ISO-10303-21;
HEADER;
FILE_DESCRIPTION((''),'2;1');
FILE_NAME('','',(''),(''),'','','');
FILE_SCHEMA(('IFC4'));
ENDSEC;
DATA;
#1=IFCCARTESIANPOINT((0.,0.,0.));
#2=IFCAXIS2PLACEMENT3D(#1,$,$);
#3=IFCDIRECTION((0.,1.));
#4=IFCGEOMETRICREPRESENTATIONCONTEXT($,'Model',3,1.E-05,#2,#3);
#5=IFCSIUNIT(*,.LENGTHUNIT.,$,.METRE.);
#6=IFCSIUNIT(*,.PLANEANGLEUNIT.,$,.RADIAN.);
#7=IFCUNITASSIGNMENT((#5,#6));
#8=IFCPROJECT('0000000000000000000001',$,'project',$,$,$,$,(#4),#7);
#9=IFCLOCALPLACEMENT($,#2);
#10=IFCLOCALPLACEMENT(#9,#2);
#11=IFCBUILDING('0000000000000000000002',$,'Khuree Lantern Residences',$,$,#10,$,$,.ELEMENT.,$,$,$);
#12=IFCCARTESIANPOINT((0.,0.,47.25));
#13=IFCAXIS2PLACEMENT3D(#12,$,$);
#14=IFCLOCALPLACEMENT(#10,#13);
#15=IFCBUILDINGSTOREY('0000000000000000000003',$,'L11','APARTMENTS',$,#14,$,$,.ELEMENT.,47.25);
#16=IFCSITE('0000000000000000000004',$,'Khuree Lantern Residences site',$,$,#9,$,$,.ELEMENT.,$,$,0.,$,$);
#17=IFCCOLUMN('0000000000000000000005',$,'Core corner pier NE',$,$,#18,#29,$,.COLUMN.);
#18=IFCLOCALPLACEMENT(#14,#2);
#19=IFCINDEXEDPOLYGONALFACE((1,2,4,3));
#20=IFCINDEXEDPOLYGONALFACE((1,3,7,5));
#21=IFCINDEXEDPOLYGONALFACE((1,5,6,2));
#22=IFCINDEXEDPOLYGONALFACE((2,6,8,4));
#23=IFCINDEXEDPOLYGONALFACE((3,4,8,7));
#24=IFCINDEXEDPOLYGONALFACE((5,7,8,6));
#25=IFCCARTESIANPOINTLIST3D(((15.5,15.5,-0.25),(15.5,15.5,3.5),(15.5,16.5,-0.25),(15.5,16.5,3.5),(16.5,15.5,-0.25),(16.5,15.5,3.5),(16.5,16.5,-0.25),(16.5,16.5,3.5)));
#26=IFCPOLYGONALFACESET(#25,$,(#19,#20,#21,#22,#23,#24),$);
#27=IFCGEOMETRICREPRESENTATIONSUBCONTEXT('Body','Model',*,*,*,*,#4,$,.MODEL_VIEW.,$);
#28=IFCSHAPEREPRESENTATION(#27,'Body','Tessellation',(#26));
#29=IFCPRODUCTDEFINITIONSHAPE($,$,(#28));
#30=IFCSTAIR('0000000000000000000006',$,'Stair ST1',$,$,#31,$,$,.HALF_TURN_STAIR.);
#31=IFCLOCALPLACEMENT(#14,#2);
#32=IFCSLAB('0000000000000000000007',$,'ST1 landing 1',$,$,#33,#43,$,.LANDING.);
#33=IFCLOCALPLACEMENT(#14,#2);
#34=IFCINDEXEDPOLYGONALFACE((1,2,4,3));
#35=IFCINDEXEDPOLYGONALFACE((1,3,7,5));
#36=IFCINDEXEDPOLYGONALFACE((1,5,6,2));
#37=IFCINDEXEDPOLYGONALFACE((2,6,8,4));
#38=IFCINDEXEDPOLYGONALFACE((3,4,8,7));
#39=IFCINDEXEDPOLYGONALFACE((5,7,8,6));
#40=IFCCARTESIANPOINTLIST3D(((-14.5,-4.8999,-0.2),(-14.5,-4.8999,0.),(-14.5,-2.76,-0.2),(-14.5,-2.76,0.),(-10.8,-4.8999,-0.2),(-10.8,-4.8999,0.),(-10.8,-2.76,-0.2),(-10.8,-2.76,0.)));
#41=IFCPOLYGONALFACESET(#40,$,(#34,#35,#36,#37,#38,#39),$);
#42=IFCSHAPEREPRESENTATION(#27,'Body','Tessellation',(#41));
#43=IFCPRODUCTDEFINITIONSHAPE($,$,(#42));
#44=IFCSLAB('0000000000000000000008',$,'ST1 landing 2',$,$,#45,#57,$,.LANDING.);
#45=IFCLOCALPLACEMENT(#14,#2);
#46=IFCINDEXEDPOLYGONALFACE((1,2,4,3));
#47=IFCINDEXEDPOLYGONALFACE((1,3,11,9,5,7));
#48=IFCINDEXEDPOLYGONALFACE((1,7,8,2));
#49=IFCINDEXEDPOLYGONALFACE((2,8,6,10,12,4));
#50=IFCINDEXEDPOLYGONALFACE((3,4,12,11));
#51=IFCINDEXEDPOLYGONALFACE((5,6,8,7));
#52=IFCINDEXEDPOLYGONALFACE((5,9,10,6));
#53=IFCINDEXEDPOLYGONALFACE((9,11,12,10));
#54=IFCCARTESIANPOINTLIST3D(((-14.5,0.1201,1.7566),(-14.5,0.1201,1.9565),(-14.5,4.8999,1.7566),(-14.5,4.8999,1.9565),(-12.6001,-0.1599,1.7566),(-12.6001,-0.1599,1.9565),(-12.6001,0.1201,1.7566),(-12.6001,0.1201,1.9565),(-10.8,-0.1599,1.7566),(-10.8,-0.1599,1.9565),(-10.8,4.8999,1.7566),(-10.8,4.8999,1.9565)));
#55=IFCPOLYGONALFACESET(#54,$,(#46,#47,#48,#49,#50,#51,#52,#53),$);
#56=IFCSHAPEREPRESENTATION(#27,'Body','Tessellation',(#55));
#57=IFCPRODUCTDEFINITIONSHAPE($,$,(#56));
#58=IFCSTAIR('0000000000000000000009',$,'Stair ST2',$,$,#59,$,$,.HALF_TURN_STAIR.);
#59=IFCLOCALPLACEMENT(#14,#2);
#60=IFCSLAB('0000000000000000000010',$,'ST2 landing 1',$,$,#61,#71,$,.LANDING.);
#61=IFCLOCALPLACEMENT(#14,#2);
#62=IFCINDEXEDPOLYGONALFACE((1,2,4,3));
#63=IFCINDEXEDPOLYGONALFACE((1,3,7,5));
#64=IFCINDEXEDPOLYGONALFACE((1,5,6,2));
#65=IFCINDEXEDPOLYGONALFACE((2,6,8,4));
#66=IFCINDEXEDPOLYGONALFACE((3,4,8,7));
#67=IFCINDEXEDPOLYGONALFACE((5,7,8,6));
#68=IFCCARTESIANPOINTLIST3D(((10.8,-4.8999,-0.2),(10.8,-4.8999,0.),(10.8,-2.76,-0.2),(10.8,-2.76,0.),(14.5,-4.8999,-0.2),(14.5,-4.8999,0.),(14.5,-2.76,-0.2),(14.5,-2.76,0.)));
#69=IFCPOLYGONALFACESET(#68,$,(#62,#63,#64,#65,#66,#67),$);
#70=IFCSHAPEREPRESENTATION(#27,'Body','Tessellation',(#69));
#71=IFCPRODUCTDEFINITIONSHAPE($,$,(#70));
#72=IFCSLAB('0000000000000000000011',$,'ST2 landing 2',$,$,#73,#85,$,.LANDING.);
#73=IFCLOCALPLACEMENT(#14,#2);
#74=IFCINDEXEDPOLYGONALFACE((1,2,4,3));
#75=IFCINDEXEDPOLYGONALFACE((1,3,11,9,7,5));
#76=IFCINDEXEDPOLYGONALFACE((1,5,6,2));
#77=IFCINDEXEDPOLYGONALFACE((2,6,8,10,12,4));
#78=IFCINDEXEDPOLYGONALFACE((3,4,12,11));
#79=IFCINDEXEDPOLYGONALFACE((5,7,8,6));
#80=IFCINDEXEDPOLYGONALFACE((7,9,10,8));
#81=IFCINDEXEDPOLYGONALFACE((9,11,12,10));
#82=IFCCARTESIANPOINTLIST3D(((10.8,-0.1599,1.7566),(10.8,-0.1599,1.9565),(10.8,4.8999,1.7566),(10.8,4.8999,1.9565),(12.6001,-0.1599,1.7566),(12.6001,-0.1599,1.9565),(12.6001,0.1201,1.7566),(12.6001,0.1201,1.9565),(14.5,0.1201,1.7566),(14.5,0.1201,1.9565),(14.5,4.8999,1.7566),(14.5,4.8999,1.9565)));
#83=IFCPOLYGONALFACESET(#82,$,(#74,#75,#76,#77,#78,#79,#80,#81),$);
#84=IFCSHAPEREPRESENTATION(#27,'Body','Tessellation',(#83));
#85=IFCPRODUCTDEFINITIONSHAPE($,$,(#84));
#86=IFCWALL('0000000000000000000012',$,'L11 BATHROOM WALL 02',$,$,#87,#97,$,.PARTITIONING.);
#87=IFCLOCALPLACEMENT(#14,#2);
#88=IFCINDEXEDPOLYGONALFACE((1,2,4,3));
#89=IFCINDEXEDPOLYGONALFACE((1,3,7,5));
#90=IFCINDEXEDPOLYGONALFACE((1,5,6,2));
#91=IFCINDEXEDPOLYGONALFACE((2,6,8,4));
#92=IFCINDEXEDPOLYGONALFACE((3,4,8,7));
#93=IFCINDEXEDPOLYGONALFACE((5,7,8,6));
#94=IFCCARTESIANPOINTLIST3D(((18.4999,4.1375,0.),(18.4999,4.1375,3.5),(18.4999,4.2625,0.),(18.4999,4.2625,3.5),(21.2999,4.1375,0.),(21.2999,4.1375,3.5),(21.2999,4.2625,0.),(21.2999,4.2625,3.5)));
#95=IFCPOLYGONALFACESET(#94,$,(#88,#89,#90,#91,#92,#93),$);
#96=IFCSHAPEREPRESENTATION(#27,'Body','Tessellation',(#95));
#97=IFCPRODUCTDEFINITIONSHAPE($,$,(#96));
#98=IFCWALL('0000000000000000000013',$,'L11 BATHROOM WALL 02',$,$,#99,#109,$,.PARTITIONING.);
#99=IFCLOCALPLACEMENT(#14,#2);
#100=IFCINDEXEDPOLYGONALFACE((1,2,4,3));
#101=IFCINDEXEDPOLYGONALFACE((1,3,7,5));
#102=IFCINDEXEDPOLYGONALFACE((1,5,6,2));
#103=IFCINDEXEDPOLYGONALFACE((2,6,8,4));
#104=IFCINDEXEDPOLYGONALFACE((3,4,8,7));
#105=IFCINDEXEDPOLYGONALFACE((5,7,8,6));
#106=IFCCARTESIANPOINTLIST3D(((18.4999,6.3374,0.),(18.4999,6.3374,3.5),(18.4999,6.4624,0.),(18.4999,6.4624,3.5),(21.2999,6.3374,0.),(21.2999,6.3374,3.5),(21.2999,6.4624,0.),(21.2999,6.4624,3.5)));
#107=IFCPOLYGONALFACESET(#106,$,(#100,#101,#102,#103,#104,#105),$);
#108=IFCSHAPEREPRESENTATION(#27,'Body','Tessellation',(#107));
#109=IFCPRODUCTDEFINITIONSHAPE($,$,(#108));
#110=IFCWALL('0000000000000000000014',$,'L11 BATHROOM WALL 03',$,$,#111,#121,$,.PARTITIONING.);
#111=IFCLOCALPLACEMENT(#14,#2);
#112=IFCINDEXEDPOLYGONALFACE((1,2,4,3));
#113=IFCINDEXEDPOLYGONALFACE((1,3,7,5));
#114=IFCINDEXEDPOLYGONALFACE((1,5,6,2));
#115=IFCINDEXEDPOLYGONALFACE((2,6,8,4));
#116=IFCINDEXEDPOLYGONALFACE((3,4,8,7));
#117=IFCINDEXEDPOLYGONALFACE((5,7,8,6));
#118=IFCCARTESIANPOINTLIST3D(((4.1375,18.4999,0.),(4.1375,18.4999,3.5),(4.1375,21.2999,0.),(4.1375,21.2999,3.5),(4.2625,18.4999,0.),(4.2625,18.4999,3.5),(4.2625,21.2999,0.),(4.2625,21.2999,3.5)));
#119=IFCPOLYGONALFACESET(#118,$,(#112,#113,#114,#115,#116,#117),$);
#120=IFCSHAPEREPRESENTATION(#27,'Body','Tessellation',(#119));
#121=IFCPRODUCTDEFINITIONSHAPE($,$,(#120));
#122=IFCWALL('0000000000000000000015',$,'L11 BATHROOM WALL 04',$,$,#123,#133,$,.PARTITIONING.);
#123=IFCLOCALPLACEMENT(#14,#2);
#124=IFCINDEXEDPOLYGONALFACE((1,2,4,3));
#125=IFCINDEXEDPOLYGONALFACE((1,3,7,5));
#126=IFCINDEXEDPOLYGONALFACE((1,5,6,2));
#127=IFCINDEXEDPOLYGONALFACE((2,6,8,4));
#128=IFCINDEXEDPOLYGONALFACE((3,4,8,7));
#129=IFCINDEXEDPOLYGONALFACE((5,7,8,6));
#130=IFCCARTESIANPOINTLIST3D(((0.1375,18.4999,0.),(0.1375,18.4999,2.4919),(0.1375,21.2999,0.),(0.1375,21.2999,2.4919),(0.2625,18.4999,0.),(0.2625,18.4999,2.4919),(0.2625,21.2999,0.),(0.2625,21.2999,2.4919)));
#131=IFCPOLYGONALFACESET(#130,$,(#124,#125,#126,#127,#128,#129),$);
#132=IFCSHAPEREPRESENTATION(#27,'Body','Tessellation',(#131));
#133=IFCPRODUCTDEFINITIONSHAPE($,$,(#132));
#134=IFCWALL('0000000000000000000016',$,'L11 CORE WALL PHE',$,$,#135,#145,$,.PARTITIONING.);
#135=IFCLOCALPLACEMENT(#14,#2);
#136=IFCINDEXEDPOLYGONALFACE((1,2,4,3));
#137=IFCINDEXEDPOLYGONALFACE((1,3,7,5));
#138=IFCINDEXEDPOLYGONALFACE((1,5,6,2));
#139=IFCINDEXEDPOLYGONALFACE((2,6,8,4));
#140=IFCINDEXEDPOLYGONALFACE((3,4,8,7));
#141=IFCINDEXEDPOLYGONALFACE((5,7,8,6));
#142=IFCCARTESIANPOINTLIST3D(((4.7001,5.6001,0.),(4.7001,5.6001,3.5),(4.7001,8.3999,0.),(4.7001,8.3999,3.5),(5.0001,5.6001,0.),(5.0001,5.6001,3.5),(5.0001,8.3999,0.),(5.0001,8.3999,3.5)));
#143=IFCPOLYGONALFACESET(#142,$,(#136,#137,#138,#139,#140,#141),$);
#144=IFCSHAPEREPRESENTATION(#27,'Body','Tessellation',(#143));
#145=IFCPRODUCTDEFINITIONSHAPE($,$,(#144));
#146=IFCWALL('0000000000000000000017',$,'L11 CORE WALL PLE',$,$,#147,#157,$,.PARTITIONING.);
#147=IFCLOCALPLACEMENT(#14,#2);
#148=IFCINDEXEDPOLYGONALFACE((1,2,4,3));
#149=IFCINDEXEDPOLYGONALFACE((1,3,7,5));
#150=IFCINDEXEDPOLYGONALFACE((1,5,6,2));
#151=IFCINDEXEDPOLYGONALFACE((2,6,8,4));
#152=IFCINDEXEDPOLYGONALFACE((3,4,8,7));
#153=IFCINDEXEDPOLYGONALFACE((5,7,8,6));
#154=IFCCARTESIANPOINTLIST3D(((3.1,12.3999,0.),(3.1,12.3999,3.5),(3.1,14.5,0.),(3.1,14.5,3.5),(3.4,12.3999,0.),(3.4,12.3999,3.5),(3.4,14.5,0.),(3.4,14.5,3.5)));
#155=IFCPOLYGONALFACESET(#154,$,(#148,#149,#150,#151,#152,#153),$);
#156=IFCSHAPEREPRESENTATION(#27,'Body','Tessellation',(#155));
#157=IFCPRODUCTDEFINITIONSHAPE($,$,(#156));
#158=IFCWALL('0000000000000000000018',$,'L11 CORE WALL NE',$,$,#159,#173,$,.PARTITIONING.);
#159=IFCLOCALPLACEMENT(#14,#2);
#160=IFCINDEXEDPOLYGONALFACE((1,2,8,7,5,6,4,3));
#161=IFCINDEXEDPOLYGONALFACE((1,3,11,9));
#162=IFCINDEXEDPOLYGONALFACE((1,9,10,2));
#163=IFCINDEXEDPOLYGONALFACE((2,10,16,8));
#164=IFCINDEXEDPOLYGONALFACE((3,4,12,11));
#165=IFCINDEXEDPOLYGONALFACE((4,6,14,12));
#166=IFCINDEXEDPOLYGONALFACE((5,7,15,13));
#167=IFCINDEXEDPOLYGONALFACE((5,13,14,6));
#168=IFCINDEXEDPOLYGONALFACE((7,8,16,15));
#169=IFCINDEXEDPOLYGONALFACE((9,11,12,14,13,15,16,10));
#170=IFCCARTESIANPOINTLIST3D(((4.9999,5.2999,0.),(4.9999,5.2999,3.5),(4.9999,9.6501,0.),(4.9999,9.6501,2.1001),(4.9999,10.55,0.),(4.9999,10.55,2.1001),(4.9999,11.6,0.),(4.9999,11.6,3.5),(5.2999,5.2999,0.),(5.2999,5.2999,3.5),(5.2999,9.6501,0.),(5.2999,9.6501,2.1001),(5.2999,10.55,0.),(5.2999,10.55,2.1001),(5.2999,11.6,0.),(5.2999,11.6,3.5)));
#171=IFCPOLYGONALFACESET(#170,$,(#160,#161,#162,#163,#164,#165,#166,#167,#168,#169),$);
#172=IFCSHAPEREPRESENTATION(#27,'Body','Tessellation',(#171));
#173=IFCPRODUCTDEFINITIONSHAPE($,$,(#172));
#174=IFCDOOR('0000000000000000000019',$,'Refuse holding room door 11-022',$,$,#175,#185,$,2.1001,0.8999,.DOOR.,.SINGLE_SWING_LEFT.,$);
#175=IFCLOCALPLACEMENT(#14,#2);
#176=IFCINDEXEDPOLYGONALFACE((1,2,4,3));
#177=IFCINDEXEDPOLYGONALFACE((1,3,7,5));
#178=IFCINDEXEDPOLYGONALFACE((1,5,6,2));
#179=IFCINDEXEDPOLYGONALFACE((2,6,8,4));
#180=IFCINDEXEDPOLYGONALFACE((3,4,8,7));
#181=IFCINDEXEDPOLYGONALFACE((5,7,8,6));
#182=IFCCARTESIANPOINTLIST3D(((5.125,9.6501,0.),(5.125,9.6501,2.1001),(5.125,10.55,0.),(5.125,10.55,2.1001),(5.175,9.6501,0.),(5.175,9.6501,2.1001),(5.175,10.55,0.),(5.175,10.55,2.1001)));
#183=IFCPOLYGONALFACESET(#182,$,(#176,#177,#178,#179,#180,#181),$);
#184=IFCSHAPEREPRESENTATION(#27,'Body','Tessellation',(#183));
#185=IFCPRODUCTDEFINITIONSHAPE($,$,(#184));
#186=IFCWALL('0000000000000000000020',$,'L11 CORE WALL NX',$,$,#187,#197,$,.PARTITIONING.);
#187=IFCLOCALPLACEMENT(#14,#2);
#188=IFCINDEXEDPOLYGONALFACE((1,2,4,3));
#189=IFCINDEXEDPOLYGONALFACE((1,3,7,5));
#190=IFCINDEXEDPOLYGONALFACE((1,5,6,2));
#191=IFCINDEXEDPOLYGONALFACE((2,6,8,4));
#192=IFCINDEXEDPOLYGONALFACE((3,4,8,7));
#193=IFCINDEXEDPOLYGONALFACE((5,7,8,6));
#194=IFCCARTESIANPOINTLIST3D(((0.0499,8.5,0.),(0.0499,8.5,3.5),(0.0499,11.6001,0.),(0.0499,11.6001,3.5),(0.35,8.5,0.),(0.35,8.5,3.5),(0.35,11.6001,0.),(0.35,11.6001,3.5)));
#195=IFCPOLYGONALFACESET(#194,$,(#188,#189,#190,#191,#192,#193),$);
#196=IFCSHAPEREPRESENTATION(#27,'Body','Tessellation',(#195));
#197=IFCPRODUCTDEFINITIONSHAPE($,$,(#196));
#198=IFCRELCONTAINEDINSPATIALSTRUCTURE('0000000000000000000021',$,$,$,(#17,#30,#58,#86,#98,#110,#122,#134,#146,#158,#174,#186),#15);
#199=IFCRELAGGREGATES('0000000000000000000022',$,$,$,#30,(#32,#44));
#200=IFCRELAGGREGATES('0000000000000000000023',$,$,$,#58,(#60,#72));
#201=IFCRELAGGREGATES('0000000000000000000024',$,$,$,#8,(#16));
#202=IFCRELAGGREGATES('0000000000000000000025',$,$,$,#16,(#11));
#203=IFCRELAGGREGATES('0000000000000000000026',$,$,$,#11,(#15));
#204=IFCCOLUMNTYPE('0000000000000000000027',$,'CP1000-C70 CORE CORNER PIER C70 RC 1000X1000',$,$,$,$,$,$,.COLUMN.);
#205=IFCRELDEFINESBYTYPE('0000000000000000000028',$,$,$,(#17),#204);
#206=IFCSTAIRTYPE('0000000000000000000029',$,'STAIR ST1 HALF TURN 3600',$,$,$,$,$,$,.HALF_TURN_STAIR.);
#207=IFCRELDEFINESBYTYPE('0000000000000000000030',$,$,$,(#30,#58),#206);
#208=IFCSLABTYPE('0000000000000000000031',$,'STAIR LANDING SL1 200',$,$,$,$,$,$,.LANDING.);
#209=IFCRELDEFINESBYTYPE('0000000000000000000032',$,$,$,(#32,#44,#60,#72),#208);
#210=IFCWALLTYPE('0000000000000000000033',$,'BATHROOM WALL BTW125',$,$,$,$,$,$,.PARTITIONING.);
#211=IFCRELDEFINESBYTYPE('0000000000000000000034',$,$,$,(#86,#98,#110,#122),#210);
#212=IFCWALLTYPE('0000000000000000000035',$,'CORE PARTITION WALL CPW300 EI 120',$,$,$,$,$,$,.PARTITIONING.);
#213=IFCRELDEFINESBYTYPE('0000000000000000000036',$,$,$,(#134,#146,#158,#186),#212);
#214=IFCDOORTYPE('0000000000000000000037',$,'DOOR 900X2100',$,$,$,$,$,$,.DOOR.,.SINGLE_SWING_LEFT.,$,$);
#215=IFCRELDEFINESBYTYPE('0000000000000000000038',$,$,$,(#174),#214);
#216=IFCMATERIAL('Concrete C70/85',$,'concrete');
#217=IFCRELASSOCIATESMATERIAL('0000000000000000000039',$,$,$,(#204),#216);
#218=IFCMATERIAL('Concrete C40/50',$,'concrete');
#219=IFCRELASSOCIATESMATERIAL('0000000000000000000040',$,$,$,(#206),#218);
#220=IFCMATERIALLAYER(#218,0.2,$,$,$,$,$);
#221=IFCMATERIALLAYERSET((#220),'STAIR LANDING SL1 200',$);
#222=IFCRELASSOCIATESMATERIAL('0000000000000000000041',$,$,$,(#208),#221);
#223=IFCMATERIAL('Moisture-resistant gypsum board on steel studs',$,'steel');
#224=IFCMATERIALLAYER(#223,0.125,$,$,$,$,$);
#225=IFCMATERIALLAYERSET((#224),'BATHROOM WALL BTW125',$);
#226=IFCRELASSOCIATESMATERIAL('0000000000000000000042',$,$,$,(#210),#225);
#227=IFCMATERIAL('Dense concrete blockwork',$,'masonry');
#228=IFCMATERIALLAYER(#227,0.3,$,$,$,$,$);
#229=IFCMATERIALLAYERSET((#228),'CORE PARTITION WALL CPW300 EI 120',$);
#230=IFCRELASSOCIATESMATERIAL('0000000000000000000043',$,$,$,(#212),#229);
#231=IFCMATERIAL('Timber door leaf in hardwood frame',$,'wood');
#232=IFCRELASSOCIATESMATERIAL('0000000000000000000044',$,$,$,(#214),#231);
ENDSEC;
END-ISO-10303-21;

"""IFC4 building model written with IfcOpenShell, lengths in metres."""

from ifc_helpers import new_model, si_unit, direction, frame, frame_2d, origin, origin_2d, place, context, subcontext, project, spatial, polyline, rectangle, outline, extrude, material, layer, layer_set, material_profile, profile_set, type_object, element, fill, aggregate, save


model = new_model("IFC4")

# Units and contexts
model_context = context("Model", 3, precision=1e-05, world=origin(), true_north=direction((0.0, 1.0)))
body_context = subcontext(model_context, "Body", "Model", "MODEL_VIEW")
ifc_project = project(units=[si_unit("LENGTHUNIT", "METRE"), si_unit("PLANEANGLEUNIT", "RADIAN")], contexts=[model_context])

# Site, building, storey
site_placement = place(None, origin())
site = spatial("IfcSite", under=ifc_project, at=site_placement, Name="Khuree Lantern Residences site", CompositionType="ELEMENT", RefElevation=0.0)
building_placement = place(site_placement, origin())
building = spatial("IfcBuilding", under=site, at=building_placement, Name="Khuree Lantern Residences", CompositionType="ELEMENT")
storey_placement = place(building_placement, frame((0.0, 0.0, 47.25)))
storey = spatial("IfcBuildingStorey", under=building, at=storey_placement, Name="L11", Description="APARTMENTS", CompositionType="ELEMENT", Elevation=47.25)

# Column
ifc_material_1 = material(Name="Concrete C70/85", Category="concrete")
ifc_material_profile = material_profile(ifc_material_1, rectangle(XDim=1.0, YDim=1.0, at=origin_2d()), Name="RC 1000X1000")
ifc_profile_set = profile_set([ifc_material_profile], Name="Concrete C70/85")
column_type = type_object("IfcColumnType", Name="CP1000-C70 CORE CORNER PIER C70 RC 1000X1000", PredefinedType="COLUMN", material=ifc_profile_set)
column_placement = place(storey_placement, frame((16.0, 16.0, -0.25), z_axis=(0.0, 0.0, 1.0), x_axis=(1.0, 0.0, 0.0)))
element("IfcColumn", 1, at=column_placement, inside=storey, type_object=column_type, Name="Core corner pier NE", PredefinedType="COLUMN", context=body_context, shape_type="SweptSolid", body=[
    extrude(rectangle(XDim=1.0, YDim=1.0, at=origin_2d()), origin(), (0.0, 0.0, 1.0), 3.75),
])

# Stairs, slabs
ifc_material_2 = material(Name="Concrete C40/50", Category="concrete")
stair_type = type_object("IfcStairType", Name="STAIR ST1 HALF TURN 3600", PredefinedType="HALF_TURN_STAIR", material=ifc_material_2)
stair_1_placement = place(storey_placement, origin())
stair_1 = element("IfcStair", 2, at=stair_1_placement, inside=storey, type_object=stair_type, Name="Stair ST1", PredefinedType="HALF_TURN_STAIR")
ifc_layer_1 = layer(ifc_material_2, 0.2)
ifc_layer_set_1 = layer_set([ifc_layer_1], Name="STAIR LANDING SL1 200")
slab_type = type_object("IfcSlabType", Name="STAIR LANDING SL1 200", PredefinedType="LANDING", material=ifc_layer_set_1)
slab_1_placement = place(storey_placement, frame((0.0, 0.0, -0.2)))
slab_1 = element("IfcSlab", 3, at=slab_1_placement, type_object=slab_type, Name="ST1 landing 1", PredefinedType="LANDING", context=body_context, shape_type="SweptSolid", body=[
    extrude(outline(polyline([(-14.5, -4.8999), (-10.8, -4.8999), (-10.8, -2.76), (-14.5, -2.76), (-14.5, -4.8999)])), origin(), (0.0, 0.0, 1.0), 0.2),
])
slab_2_placement = place(storey_placement, frame((0.0, 0.0, 1.7566)))
slab_2 = element("IfcSlab", 4, at=slab_2_placement, type_object=slab_type, Name="ST1 landing 2", PredefinedType="LANDING", context=body_context, shape_type="SweptSolid", body=[
    extrude(outline(polyline([(-14.5, 0.1201), (-14.5, 4.8999), (-10.8, 4.8999), (-10.8, -0.1599), (-12.6001, -0.1599), (-12.6001, 0.1201), (-14.5, 0.1201)])), origin(), (0.0, 0.0, 1.0), 0.2),
])
aggregate(stair_1, [slab_1, slab_2])
stair_2_placement = place(storey_placement, origin())
stair_2 = element("IfcStair", 5, at=stair_2_placement, inside=storey, type_object=stair_type, Name="Stair ST2", PredefinedType="HALF_TURN_STAIR")
slab_3_placement = place(storey_placement, frame((0.0, 0.0, -0.2)))
slab_3 = element("IfcSlab", 6, at=slab_3_placement, type_object=slab_type, Name="ST2 landing 1", PredefinedType="LANDING", context=body_context, shape_type="SweptSolid", body=[
    extrude(outline(polyline([(10.8, -4.8999), (14.5, -4.8999), (14.5, -2.76), (10.8, -2.76), (10.8, -4.8999)])), origin(), (0.0, 0.0, 1.0), 0.2),
])
slab_4_placement = place(storey_placement, frame((0.0, 0.0, 1.7566)))
slab_4 = element("IfcSlab", 7, at=slab_4_placement, type_object=slab_type, Name="ST2 landing 2", PredefinedType="LANDING", context=body_context, shape_type="SweptSolid", body=[
    extrude(outline(polyline([(14.5, 4.8999), (14.5, 0.1201), (12.6001, 0.1201), (12.6001, -0.1599), (10.8, -0.1599), (10.8, 4.8999), (14.5, 4.8999)])), origin(), (0.0, 0.0, 1.0), 0.2),
])

# Walls
ifc_material_3 = material(Name="Moisture-resistant gypsum board on steel studs", Category="steel")
ifc_layer_2 = layer(ifc_material_3, 0.125)
ifc_layer_set_2 = layer_set([ifc_layer_2], Name="BATHROOM WALL BTW125")
wall_type_1 = type_object("IfcWallType", Name="BATHROOM WALL BTW125", PredefinedType="PARTITIONING", material=ifc_layer_set_2)
for number, where, z_axis, x_axis, name in (
    (8, (18.5, 4.2, 0.0), (0.0, 0.0, 1.0), (1.0, 0.0, 0.0), "L11 BATHROOM WALL 02"),
    (9, (18.5, 6.3999, 0.0), (0.0, 0.0, 1.0), (1.0, 0.0, 0.0), "L11 BATHROOM WALL 02"),
    (10, (4.2, 18.5, 0.0), (0.0, 0.0, 1.0), (0.0, 1.0, 0.0), "L11 BATHROOM WALL 03"),
):
    element("IfcWall", number, at=place(storey_placement, frame(where, z_axis=z_axis, x_axis=x_axis)), inside=storey, type_object=wall_type_1, Name=name, PredefinedType="PARTITIONING", context=body_context, shape_type="SweptSolid", body=[
        extrude(rectangle(XDim=2.8, YDim=0.125, at=frame_2d((1.3999, 0.0))), origin(), (0.0, 0.0, 1.0), 3.5),
    ])
wall_1_placement = place(storey_placement, frame((0.2, 18.5, 0.0), z_axis=(0.0, 0.0, 1.0), x_axis=(0.0, 1.0, 0.0)))
element("IfcWall", 11, at=wall_1_placement, inside=storey, type_object=wall_type_1, Name="L11 BATHROOM WALL 04", PredefinedType="PARTITIONING", context=body_context, shape_type="SweptSolid", body=[
    extrude(rectangle(XDim=2.8, YDim=0.125, at=frame_2d((1.3999, 0.0))), origin(), (0.0, 0.0, 1.0), 2.4919),
])
ifc_material_4 = material(Name="Dense concrete blockwork", Category="masonry")
ifc_layer_3 = layer(ifc_material_4, 0.3)
ifc_layer_set_3 = layer_set([ifc_layer_3], Name="CORE PARTITION WALL CPW300 EI 120")
wall_type_2 = type_object("IfcWallType", Name="CORE PARTITION WALL CPW300 EI 120", PredefinedType="PARTITIONING", material=ifc_layer_set_3)
wall_2_placement = place(storey_placement, frame((4.8501, 5.6001, 0.0), z_axis=(0.0, 0.0, 1.0), x_axis=(0.0, 1.0, 0.0)))
element("IfcWall", 12, at=wall_2_placement, inside=storey, type_object=wall_type_2, Name="L11 CORE WALL PHE", PredefinedType="PARTITIONING", context=body_context, shape_type="SweptSolid", body=[
    extrude(rectangle(XDim=2.7998, YDim=0.3, at=frame_2d((1.3999, 0.0))), origin(), (0.0, 0.0, 1.0), 3.5),
])
wall_3_placement = place(storey_placement, frame((3.25, 12.3999, 0.0), z_axis=(0.0, 0.0, 1.0), x_axis=(0.0, 1.0, 0.0)))
element("IfcWall", 13, at=wall_3_placement, inside=storey, type_object=wall_type_2, Name="L11 CORE WALL PLE", PredefinedType="PARTITIONING", context=body_context, shape_type="SweptSolid", body=[
    extrude(rectangle(XDim=2.1001, YDim=0.3, at=frame_2d((1.05, 0.0))), origin(), (0.0, 0.0, 1.0), 3.5),
])

# Wall, opening, door
wall_4_placement = place(storey_placement, frame((5.1499, 5.3, 0.0), z_axis=(0.0, 0.0, 1.0), x_axis=(0.0, 1.0, 0.0)))
wall_4 = element("IfcWall", 14, at=wall_4_placement, inside=storey, type_object=wall_type_2, Name="L11 CORE WALL NE", PredefinedType="PARTITIONING", context=body_context, shape_type="SweptSolid", body=[
    extrude(rectangle(XDim=6.3, YDim=0.3, at=frame_2d((3.1499, 0.0))), origin(), (0.0, 0.0, 1.0), 3.5),
])
opening_placement = place(wall_4_placement, frame((4.3501, 0.0, 0.0)))
opening = element("IfcOpeningElement", 15, at=opening_placement, cuts=wall_4, PredefinedType="OPENING", context=body_context, shape_type="SweptSolid", body=[
    extrude(rectangle(XDim=0.8999, YDim=2.1001, at=frame_2d((0.45, 1.05))), frame((0.0, 0.1602, 0.0), z_axis=(0.0, -1.0, 0.0), x_axis=(1.0, 0.0, 0.0)), (0.0, 0.0, 1.0), 0.3201),
])
ifc_material_5 = material(Name="Timber door leaf in hardwood frame", Category="wood")
door_type = type_object("IfcDoorType", Name="DOOR 900X2100", OperationType="SINGLE_SWING_LEFT", PredefinedType="DOOR", material=ifc_material_5)
door_placement = place(opening_placement, origin())
door = element("IfcDoor", 16, at=door_placement, inside=storey, type_object=door_type, Name="Refuse holding room door 11-022", OperationType="SINGLE_SWING_LEFT", OverallHeight=2.1001, OverallWidth=0.8999, PredefinedType="DOOR", context=body_context, shape_type="SweptSolid", body=[
    extrude(rectangle(XDim=0.8999, YDim=2.1001, at=frame_2d((0.45, 1.05))), frame((0.0, 0.0249, 0.0), z_axis=(0.0, -1.0, 0.0), x_axis=(1.0, 0.0, 0.0)), (0.0, 0.0, 1.0), 0.05),
])
fill(opening, door)

# Wall
wall_5_placement = place(storey_placement, frame((0.2, 8.5, 0.0), z_axis=(0.0, 0.0, 1.0), x_axis=(0.0, 1.0, 0.0)))
element("IfcWall", 17, at=wall_5_placement, inside=storey, type_object=wall_type_2, Name="L11 CORE WALL NX", PredefinedType="PARTITIONING", context=body_context, shape_type="SweptSolid", body=[
    extrude(rectangle(XDim=3.1001, YDim=0.3, at=frame_2d((1.55, 0.0))), origin(), (0.0, 0.0, 1.0), 3.5),
])

aggregate(stair_2, [slab_3, slab_4])

save(model, "model.ifc")
